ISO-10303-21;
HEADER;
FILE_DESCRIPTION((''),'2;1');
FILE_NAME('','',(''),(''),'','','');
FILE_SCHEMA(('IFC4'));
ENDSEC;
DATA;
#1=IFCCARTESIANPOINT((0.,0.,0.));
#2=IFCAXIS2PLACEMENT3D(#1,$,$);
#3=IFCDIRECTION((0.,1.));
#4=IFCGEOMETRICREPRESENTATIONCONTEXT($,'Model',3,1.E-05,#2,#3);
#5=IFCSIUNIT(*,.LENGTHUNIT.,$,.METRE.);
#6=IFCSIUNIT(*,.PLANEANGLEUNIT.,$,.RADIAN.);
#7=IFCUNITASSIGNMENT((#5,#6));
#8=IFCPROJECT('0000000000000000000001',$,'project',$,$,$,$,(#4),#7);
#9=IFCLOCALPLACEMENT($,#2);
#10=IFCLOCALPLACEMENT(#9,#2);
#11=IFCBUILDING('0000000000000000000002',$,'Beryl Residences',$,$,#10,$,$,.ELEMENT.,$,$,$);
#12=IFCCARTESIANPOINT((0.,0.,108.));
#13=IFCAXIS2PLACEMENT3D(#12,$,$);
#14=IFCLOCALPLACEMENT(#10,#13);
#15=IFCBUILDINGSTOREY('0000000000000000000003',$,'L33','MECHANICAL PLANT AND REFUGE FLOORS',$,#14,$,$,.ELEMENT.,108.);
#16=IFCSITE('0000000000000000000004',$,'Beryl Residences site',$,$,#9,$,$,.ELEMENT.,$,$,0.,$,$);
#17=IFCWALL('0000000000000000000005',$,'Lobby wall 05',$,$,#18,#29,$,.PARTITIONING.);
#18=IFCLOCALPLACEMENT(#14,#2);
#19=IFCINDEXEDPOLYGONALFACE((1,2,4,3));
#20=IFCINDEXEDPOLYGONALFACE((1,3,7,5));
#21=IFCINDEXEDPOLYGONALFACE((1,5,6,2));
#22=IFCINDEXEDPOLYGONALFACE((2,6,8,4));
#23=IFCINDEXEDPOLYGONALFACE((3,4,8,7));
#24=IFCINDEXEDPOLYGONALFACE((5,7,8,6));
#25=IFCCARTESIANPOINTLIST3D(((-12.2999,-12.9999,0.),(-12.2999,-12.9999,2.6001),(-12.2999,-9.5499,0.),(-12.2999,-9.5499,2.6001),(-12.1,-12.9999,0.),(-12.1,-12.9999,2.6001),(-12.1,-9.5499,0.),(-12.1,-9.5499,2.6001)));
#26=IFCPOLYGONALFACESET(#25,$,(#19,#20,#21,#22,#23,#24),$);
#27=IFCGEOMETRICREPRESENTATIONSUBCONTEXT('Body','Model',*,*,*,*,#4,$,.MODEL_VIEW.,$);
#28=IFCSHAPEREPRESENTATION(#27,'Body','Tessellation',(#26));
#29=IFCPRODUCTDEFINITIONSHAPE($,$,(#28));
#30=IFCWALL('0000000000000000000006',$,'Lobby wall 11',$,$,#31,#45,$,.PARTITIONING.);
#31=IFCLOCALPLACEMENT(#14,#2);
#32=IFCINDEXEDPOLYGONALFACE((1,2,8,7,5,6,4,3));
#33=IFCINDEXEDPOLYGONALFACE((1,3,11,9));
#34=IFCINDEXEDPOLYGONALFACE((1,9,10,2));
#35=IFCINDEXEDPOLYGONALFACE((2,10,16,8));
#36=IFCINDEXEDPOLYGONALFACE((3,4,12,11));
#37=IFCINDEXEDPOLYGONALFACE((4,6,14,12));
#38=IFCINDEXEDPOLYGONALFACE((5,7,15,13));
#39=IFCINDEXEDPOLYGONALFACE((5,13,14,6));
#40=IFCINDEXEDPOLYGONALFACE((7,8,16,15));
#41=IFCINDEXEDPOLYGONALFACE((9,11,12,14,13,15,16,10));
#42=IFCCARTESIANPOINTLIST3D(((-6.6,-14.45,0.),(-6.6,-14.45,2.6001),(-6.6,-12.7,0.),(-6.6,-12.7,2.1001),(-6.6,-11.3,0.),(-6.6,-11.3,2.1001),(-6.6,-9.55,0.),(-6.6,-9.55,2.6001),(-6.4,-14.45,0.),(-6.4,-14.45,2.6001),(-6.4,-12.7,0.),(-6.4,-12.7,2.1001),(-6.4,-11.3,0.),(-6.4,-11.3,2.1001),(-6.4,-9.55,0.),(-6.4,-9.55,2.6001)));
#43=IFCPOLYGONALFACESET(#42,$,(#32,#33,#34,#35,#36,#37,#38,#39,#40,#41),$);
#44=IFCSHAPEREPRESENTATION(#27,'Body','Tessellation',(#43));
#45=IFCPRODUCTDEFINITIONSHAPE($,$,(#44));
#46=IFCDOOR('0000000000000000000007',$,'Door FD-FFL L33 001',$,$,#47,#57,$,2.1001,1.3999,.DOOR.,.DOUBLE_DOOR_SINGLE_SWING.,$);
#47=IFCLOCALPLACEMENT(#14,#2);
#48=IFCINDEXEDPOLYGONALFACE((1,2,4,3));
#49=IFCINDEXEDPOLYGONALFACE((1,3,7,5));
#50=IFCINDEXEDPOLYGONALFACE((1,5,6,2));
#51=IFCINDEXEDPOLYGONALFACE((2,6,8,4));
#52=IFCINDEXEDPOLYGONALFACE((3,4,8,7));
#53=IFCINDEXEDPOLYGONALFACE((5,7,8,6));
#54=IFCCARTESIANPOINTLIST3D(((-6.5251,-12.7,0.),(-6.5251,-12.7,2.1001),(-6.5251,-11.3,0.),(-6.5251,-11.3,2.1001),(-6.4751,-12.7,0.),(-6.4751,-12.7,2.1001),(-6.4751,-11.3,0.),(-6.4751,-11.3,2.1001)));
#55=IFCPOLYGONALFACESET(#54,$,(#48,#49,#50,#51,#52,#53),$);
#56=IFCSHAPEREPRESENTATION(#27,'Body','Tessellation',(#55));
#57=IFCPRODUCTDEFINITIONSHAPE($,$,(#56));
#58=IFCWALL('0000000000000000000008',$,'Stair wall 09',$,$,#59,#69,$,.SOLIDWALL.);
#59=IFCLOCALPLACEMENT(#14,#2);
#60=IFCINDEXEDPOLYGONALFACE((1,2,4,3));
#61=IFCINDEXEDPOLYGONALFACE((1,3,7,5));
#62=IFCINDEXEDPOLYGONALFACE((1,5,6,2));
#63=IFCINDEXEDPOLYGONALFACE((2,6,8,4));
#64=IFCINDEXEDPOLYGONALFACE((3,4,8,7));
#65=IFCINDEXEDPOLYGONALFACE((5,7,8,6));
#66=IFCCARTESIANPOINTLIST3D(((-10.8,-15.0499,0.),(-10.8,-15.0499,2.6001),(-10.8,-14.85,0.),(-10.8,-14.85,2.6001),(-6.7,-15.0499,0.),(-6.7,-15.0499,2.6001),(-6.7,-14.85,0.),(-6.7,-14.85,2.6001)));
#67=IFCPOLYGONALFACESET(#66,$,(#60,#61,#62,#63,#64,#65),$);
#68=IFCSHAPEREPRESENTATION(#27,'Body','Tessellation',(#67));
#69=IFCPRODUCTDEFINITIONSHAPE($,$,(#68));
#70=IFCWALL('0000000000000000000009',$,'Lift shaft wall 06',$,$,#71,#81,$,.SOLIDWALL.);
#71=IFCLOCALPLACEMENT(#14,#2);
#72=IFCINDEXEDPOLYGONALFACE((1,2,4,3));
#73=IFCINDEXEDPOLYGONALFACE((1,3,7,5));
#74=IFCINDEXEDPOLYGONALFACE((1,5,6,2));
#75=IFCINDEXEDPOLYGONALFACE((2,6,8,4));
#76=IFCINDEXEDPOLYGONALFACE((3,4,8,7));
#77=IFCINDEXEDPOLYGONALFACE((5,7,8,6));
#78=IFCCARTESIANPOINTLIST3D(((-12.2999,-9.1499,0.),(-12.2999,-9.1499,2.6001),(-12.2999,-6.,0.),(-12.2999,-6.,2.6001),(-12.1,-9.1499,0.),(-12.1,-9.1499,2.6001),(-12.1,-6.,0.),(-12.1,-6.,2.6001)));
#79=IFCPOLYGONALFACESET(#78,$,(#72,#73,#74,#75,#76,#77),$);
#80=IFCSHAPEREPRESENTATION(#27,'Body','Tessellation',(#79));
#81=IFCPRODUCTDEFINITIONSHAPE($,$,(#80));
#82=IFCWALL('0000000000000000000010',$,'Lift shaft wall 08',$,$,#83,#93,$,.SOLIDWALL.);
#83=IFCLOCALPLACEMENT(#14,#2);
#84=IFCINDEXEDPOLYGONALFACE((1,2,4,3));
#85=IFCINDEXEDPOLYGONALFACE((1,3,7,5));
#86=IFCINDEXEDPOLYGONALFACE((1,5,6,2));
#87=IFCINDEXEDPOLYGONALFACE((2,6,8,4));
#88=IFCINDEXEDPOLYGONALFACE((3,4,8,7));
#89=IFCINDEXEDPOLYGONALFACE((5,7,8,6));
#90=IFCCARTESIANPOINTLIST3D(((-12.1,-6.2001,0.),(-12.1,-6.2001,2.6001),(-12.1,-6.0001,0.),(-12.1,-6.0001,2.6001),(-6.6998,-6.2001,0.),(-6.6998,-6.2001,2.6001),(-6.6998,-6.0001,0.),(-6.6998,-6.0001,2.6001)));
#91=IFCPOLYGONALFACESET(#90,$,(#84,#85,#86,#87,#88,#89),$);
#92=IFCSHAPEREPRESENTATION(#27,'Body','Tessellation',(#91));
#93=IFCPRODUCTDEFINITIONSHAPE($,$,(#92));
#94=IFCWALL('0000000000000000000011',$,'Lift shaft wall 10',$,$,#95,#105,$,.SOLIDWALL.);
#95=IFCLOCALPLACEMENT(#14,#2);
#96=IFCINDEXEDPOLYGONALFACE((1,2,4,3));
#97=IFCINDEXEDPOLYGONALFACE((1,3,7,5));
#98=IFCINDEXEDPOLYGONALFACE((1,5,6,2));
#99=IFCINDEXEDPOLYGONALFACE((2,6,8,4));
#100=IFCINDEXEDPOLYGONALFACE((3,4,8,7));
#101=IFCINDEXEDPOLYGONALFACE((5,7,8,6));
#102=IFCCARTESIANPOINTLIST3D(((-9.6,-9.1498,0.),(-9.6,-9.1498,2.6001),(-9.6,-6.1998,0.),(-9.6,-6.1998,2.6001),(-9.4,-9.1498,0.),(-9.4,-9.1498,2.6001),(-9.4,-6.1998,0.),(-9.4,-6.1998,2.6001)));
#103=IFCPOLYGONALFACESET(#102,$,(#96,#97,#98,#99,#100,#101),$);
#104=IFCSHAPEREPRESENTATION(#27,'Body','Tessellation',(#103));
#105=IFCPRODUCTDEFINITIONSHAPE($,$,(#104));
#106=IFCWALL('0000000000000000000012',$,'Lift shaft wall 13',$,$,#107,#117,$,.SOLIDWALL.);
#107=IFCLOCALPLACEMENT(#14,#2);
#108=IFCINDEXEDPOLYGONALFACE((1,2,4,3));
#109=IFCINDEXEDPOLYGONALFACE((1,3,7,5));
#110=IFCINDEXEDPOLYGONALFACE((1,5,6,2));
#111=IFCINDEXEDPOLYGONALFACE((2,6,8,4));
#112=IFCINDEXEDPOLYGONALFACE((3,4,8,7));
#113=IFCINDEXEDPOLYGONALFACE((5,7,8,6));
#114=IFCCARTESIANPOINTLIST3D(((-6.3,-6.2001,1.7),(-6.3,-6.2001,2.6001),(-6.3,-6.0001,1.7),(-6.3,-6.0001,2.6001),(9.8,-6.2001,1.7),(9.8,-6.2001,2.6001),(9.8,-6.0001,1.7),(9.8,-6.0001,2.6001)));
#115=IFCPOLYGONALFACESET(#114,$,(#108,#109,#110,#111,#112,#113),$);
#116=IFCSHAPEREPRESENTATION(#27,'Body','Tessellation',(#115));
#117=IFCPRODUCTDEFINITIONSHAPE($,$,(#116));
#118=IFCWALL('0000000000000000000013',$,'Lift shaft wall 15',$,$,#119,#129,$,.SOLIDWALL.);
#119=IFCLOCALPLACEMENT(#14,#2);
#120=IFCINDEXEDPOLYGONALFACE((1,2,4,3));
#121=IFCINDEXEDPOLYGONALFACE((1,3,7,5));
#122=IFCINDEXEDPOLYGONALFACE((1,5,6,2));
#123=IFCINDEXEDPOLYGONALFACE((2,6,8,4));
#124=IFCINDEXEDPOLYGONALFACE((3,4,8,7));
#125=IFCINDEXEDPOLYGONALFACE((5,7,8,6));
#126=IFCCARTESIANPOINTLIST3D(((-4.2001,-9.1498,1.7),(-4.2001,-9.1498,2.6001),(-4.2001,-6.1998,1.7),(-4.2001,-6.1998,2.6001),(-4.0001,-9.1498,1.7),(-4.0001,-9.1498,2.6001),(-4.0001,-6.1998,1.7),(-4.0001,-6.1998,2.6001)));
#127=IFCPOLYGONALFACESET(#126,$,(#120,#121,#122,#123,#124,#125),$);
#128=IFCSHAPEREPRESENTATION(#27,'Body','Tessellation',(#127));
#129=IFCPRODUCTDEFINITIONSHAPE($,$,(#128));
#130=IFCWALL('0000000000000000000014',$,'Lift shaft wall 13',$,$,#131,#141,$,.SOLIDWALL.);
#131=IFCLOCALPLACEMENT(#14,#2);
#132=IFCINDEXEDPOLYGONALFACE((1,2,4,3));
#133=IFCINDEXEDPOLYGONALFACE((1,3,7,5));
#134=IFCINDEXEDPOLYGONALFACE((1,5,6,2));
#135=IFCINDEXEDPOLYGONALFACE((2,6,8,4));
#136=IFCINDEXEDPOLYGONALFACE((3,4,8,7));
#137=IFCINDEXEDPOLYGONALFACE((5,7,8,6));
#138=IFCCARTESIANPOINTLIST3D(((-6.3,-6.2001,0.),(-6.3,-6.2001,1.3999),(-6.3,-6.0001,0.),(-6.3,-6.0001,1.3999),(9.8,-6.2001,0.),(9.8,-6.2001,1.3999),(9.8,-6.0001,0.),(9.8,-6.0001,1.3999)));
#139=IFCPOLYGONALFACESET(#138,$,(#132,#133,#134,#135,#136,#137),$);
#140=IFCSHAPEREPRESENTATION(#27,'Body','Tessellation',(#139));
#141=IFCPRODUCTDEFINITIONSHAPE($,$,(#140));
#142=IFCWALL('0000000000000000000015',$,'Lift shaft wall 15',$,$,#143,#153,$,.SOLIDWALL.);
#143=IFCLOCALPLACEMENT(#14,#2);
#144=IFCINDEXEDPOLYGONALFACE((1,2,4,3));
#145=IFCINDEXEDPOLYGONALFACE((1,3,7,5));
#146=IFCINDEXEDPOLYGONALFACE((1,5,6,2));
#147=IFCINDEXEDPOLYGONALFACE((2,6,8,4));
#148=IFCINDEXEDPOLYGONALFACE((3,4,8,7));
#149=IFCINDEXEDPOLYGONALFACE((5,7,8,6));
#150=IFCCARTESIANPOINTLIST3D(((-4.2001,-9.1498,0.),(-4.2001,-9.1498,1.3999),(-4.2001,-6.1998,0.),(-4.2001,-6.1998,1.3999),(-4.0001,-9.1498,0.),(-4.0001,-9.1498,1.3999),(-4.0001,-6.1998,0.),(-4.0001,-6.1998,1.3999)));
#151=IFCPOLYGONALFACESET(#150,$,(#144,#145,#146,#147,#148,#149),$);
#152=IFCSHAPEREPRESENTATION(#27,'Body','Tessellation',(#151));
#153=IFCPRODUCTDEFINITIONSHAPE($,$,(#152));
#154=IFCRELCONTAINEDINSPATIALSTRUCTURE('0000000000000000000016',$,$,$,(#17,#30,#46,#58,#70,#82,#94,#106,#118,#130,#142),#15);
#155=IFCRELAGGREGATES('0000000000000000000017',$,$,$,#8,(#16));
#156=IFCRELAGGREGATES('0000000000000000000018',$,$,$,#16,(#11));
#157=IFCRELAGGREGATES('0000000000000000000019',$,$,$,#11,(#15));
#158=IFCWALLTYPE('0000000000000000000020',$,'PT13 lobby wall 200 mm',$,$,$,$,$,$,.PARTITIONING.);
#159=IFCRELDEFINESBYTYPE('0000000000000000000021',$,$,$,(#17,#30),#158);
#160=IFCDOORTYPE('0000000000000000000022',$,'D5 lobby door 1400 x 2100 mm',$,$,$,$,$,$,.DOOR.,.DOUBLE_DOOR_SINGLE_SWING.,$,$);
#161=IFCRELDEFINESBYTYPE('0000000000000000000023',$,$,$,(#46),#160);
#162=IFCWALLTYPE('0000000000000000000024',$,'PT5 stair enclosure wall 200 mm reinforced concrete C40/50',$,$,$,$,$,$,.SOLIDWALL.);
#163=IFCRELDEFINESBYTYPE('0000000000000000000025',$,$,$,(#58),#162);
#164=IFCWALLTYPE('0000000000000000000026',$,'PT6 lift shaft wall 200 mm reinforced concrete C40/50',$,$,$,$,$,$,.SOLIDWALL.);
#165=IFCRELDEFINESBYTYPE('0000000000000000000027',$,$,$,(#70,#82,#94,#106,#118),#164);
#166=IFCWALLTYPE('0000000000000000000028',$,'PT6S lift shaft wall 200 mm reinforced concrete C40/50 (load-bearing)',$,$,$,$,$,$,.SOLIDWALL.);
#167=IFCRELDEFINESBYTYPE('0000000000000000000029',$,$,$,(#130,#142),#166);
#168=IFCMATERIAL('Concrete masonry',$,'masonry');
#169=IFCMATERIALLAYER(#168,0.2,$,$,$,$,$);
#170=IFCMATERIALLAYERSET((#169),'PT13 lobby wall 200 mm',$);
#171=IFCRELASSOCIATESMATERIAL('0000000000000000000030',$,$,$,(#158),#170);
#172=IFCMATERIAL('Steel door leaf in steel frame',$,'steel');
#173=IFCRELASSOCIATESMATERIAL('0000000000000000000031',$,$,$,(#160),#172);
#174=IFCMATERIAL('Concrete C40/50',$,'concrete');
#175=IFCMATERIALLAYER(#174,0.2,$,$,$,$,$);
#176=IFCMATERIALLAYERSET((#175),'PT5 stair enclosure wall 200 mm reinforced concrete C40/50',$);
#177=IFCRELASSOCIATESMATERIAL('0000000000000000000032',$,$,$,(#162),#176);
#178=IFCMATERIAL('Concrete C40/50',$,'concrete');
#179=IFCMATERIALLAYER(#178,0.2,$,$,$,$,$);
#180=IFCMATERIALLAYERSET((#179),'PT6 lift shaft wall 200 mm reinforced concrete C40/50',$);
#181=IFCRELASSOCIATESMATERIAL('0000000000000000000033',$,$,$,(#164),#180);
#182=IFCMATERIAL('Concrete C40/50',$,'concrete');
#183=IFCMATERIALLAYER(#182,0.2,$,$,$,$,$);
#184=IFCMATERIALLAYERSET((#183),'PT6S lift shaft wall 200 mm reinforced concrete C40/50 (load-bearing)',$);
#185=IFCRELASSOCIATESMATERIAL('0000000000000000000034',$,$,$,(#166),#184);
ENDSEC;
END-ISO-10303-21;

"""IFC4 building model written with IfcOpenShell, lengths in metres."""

from ifc_helpers import new_model, si_unit, direction, frame, frame_2d, origin, place, context, subcontext, project, spatial, rectangle, extrude, material, layer, layer_set, type_object, element, fill, save


model = new_model("IFC4")

# Units and contexts
model_context = context("Model", 3, precision=1e-05, world=origin(), true_north=direction((0.0, 1.0)))
body_context = subcontext(model_context, "Body", "Model", "MODEL_VIEW")
ifc_project = project(units=[si_unit("LENGTHUNIT", "METRE"), si_unit("PLANEANGLEUNIT", "RADIAN")], contexts=[model_context])

# Site, building, storey
site_placement = place(None, origin())
site = spatial("IfcSite", under=ifc_project, at=site_placement, Name="Beryl Residences site", CompositionType="ELEMENT", RefElevation=0.0)
building_placement = place(site_placement, origin())
building = spatial("IfcBuilding", under=site, at=building_placement, Name="Beryl Residences", CompositionType="ELEMENT")
storey_placement = place(building_placement, frame((0.0, 0.0, 108.0)))
storey = spatial("IfcBuildingStorey", under=building, at=storey_placement, Name="L33", Description="MECHANICAL PLANT AND REFUGE FLOORS", CompositionType="ELEMENT", Elevation=108.0)

# Wall
ifc_material_1 = material(Name="Concrete masonry", Category="masonry")
ifc_layer_1 = layer(ifc_material_1, 0.2)
ifc_layer_set_1 = layer_set([ifc_layer_1], Name="PT13 lobby wall 200 mm")
wall_type_1 = type_object("IfcWallType", Name="PT13 lobby wall 200 mm", PredefinedType="PARTITIONING", material=ifc_layer_set_1)
wall_1_placement = place(storey_placement, frame((-12.2, -13.0, 0.0), z_axis=(0.0, 0.0, 1.0), x_axis=(0.0, 1.0, 0.0)))
element("IfcWall", 1, at=wall_1_placement, inside=storey, type_object=wall_type_1, Name="Lobby wall 05", PredefinedType="PARTITIONING", context=body_context, shape_type="SweptSolid", body=[
    extrude(rectangle(XDim=3.45, YDim=0.2, at=frame_2d((1.7251, 0.0))), origin(), (0.0, 0.0, 1.0), 2.6001),
])

# Wall, opening, door
wall_2_placement = place(storey_placement, frame((-6.5, -14.45, 0.0), z_axis=(0.0, 0.0, 1.0), x_axis=(0.0, 1.0, 0.0)))
wall_2 = element("IfcWall", 2, at=wall_2_placement, inside=storey, type_object=wall_type_1, Name="Lobby wall 11", PredefinedType="PARTITIONING", context=body_context, shape_type="SweptSolid", body=[
    extrude(rectangle(XDim=4.8999, YDim=0.2, at=frame_2d((2.45, 0.0))), origin(), (0.0, 0.0, 1.0), 2.6001),
])
opening_1_placement = place(wall_2_placement, frame((3.1499, 0.0, 0.0), z_axis=(0.0, 0.0, 1.0), x_axis=(-1.0, 0.0, 0.0)))
opening_1 = element("IfcOpeningElement", 3, at=opening_1_placement, cuts=wall_2, PredefinedType="OPENING", context=body_context, shape_type="SweptSolid", body=[
    extrude(rectangle(XDim=1.3999, YDim=2.1001, at=frame_2d((0.7, 1.05))), frame((0.0, 0.1099, 0.0), z_axis=(0.0, -1.0, 0.0), x_axis=(1.0, 0.0, 0.0)), (0.0, 0.0, 1.0), 0.22),
])
ifc_material_2 = material(Name="Steel door leaf in steel frame", Category="steel")
door_type_1 = type_object("IfcDoorType", Name="D5 lobby door 1400 x 2100 mm", OperationType="DOUBLE_DOOR_SINGLE_SWING", PredefinedType="DOOR", material=ifc_material_2)
door_1_placement = place(opening_1_placement, origin())
door_1 = element("IfcDoor", 4, at=door_1_placement, inside=storey, type_object=door_type_1, Name="Door FD-FFL L33 001", OperationType="DOUBLE_DOOR_SINGLE_SWING", OverallHeight=2.1001, OverallWidth=1.3999, PredefinedType="DOOR", context=body_context, shape_type="SweptSolid", body=[
    extrude(rectangle(XDim=1.3999, YDim=2.1001, at=frame_2d((0.7, 1.05))), frame((0.0, 0.0249, 0.0), z_axis=(0.0, -1.0, 0.0), x_axis=(1.0, 0.0, 0.0)), (0.0, 0.0, 1.0), 0.05),
])
fill(opening_1, door_1)

# Walls
ifc_material_3 = material(Name="Concrete C40/50", Category="concrete")
ifc_layer_2 = layer(ifc_material_3, 0.2)
ifc_layer_set_2 = layer_set([ifc_layer_2], Name="PT5 stair enclosure wall 200 mm reinforced concrete C40/50")
wall_type_2 = type_object("IfcWallType", Name="PT5 stair enclosure wall 200 mm reinforced concrete C40/50", PredefinedType="SOLIDWALL", material=ifc_layer_set_2)
wall_3_placement = place(storey_placement, frame((-10.8, -14.95, 0.0), z_axis=(0.0, 0.0, 1.0), x_axis=(1.0, 0.0, 0.0)))
element("IfcWall", 5, at=wall_3_placement, inside=storey, type_object=wall_type_2, Name="Stair wall 09", PredefinedType="SOLIDWALL", context=body_context, shape_type="SweptSolid", body=[
    extrude(rectangle(XDim=4.1001, YDim=0.2, at=frame_2d((2.05, 0.0))), origin(), (0.0, 0.0, 1.0), 2.6001),
])
ifc_material_4 = material(Name="Concrete C40/50", Category="concrete")
ifc_layer_3 = layer(ifc_material_4, 0.2)
ifc_layer_set_3 = layer_set([ifc_layer_3], Name="PT6 lift shaft wall 200 mm reinforced concrete C40/50")
wall_type_3 = type_object("IfcWallType", Name="PT6 lift shaft wall 200 mm reinforced concrete C40/50", PredefinedType="SOLIDWALL", material=ifc_layer_set_3)
wall_4_placement = place(storey_placement, frame((-12.2, -9.1499, 0.0), z_axis=(0.0, 0.0, 1.0), x_axis=(0.0, 1.0, 0.0)))
element("IfcWall", 6, at=wall_4_placement, inside=storey, type_object=wall_type_3, Name="Lift shaft wall 06", PredefinedType="SOLIDWALL", context=body_context, shape_type="SweptSolid", body=[
    extrude(rectangle(XDim=3.1499, YDim=0.2, at=frame_2d((1.575, 0.0))), origin(), (0.0, 0.0, 1.0), 2.6001),
])
wall_5_placement = place(storey_placement, frame((-12.1001, -6.1001, 0.0), z_axis=(0.0, 0.0, 1.0), x_axis=(1.0, 0.0, 0.0)))
element("IfcWall", 7, at=wall_5_placement, inside=storey, type_object=wall_type_3, Name="Lift shaft wall 08", PredefinedType="SOLIDWALL", context=body_context, shape_type="SweptSolid", body=[
    extrude(rectangle(XDim=5.4001, YDim=0.2, at=frame_2d((2.7002, 0.0))), origin(), (0.0, 0.0, 1.0), 2.6001),
])
wall_6_placement = place(storey_placement, frame((-9.5, -9.1499, 0.0), z_axis=(0.0, 0.0, 1.0), x_axis=(0.0, 1.0, 0.0)))
element("IfcWall", 8, at=wall_6_placement, inside=storey, type_object=wall_type_3, Name="Lift shaft wall 10", PredefinedType="SOLIDWALL", context=body_context, shape_type="SweptSolid", body=[
    extrude(rectangle(XDim=2.95, YDim=0.2, at=frame_2d((1.4751, 0.0))), origin(), (0.0, 0.0, 1.0), 2.6001),
])
wall_7_placement = place(storey_placement, frame((-6.3, -6.1001, 1.7), z_axis=(0.0, 0.0, 1.0), x_axis=(1.0, 0.0, 0.0)))
element("IfcWall", 9, at=wall_7_placement, inside=storey, type_object=wall_type_3, Name="Lift shaft wall 13", PredefinedType="SOLIDWALL", context=body_context, shape_type="SweptSolid", body=[
    extrude(rectangle(XDim=16.1001, YDim=0.2, at=frame_2d((8.05, 0.0))), origin(), (0.0, 0.0, 1.0), 0.9001),
])
wall_8_placement = place(storey_placement, frame((-4.1001, -9.1499, 1.7), z_axis=(0.0, 0.0, 1.0), x_axis=(0.0, 1.0, 0.0)))
element("IfcWall", 10, at=wall_8_placement, inside=storey, type_object=wall_type_3, Name="Lift shaft wall 15", PredefinedType="SOLIDWALL", context=body_context, shape_type="SweptSolid", body=[
    extrude(rectangle(XDim=2.95, YDim=0.2, at=frame_2d((1.4751, 0.0))), origin(), (0.0, 0.0, 1.0), 0.9001),
])
ifc_material_5 = material(Name="Concrete C40/50", Category="concrete")
ifc_layer_4 = layer(ifc_material_5, 0.2)
ifc_layer_set_4 = layer_set([ifc_layer_4], Name="PT6S lift shaft wall 200 mm reinforced concrete C40/50 (load-bearing)")
wall_type_4 = type_object("IfcWallType", Name="PT6S lift shaft wall 200 mm reinforced concrete C40/50 (load-bearing)", PredefinedType="SOLIDWALL", material=ifc_layer_set_4)
wall_9_placement = place(storey_placement, frame((-6.3, -6.1001, 0.0), z_axis=(0.0, 0.0, 1.0), x_axis=(1.0, 0.0, 0.0)))
element("IfcWall", 11, at=wall_9_placement, inside=storey, type_object=wall_type_4, Name="Lift shaft wall 13", PredefinedType="SOLIDWALL", context=body_context, shape_type="SweptSolid", body=[
    extrude(rectangle(XDim=16.1001, YDim=0.2, at=frame_2d((8.05, 0.0))), origin(), (0.0, 0.0, 1.0), 1.3999),
])
wall_10_placement = place(storey_placement, frame((-4.1001, -9.1499, 0.0), z_axis=(0.0, 0.0, 1.0), x_axis=(0.0, 1.0, 0.0)))
element("IfcWall", 12, at=wall_10_placement, inside=storey, type_object=wall_type_4, Name="Lift shaft wall 15", PredefinedType="SOLIDWALL", context=body_context, shape_type="SweptSolid", body=[
    extrude(rectangle(XDim=2.95, YDim=0.2, at=frame_2d((1.4751, 0.0))), origin(), (0.0, 0.0, 1.0), 1.3999),
])

save(model, "model.ifc")
